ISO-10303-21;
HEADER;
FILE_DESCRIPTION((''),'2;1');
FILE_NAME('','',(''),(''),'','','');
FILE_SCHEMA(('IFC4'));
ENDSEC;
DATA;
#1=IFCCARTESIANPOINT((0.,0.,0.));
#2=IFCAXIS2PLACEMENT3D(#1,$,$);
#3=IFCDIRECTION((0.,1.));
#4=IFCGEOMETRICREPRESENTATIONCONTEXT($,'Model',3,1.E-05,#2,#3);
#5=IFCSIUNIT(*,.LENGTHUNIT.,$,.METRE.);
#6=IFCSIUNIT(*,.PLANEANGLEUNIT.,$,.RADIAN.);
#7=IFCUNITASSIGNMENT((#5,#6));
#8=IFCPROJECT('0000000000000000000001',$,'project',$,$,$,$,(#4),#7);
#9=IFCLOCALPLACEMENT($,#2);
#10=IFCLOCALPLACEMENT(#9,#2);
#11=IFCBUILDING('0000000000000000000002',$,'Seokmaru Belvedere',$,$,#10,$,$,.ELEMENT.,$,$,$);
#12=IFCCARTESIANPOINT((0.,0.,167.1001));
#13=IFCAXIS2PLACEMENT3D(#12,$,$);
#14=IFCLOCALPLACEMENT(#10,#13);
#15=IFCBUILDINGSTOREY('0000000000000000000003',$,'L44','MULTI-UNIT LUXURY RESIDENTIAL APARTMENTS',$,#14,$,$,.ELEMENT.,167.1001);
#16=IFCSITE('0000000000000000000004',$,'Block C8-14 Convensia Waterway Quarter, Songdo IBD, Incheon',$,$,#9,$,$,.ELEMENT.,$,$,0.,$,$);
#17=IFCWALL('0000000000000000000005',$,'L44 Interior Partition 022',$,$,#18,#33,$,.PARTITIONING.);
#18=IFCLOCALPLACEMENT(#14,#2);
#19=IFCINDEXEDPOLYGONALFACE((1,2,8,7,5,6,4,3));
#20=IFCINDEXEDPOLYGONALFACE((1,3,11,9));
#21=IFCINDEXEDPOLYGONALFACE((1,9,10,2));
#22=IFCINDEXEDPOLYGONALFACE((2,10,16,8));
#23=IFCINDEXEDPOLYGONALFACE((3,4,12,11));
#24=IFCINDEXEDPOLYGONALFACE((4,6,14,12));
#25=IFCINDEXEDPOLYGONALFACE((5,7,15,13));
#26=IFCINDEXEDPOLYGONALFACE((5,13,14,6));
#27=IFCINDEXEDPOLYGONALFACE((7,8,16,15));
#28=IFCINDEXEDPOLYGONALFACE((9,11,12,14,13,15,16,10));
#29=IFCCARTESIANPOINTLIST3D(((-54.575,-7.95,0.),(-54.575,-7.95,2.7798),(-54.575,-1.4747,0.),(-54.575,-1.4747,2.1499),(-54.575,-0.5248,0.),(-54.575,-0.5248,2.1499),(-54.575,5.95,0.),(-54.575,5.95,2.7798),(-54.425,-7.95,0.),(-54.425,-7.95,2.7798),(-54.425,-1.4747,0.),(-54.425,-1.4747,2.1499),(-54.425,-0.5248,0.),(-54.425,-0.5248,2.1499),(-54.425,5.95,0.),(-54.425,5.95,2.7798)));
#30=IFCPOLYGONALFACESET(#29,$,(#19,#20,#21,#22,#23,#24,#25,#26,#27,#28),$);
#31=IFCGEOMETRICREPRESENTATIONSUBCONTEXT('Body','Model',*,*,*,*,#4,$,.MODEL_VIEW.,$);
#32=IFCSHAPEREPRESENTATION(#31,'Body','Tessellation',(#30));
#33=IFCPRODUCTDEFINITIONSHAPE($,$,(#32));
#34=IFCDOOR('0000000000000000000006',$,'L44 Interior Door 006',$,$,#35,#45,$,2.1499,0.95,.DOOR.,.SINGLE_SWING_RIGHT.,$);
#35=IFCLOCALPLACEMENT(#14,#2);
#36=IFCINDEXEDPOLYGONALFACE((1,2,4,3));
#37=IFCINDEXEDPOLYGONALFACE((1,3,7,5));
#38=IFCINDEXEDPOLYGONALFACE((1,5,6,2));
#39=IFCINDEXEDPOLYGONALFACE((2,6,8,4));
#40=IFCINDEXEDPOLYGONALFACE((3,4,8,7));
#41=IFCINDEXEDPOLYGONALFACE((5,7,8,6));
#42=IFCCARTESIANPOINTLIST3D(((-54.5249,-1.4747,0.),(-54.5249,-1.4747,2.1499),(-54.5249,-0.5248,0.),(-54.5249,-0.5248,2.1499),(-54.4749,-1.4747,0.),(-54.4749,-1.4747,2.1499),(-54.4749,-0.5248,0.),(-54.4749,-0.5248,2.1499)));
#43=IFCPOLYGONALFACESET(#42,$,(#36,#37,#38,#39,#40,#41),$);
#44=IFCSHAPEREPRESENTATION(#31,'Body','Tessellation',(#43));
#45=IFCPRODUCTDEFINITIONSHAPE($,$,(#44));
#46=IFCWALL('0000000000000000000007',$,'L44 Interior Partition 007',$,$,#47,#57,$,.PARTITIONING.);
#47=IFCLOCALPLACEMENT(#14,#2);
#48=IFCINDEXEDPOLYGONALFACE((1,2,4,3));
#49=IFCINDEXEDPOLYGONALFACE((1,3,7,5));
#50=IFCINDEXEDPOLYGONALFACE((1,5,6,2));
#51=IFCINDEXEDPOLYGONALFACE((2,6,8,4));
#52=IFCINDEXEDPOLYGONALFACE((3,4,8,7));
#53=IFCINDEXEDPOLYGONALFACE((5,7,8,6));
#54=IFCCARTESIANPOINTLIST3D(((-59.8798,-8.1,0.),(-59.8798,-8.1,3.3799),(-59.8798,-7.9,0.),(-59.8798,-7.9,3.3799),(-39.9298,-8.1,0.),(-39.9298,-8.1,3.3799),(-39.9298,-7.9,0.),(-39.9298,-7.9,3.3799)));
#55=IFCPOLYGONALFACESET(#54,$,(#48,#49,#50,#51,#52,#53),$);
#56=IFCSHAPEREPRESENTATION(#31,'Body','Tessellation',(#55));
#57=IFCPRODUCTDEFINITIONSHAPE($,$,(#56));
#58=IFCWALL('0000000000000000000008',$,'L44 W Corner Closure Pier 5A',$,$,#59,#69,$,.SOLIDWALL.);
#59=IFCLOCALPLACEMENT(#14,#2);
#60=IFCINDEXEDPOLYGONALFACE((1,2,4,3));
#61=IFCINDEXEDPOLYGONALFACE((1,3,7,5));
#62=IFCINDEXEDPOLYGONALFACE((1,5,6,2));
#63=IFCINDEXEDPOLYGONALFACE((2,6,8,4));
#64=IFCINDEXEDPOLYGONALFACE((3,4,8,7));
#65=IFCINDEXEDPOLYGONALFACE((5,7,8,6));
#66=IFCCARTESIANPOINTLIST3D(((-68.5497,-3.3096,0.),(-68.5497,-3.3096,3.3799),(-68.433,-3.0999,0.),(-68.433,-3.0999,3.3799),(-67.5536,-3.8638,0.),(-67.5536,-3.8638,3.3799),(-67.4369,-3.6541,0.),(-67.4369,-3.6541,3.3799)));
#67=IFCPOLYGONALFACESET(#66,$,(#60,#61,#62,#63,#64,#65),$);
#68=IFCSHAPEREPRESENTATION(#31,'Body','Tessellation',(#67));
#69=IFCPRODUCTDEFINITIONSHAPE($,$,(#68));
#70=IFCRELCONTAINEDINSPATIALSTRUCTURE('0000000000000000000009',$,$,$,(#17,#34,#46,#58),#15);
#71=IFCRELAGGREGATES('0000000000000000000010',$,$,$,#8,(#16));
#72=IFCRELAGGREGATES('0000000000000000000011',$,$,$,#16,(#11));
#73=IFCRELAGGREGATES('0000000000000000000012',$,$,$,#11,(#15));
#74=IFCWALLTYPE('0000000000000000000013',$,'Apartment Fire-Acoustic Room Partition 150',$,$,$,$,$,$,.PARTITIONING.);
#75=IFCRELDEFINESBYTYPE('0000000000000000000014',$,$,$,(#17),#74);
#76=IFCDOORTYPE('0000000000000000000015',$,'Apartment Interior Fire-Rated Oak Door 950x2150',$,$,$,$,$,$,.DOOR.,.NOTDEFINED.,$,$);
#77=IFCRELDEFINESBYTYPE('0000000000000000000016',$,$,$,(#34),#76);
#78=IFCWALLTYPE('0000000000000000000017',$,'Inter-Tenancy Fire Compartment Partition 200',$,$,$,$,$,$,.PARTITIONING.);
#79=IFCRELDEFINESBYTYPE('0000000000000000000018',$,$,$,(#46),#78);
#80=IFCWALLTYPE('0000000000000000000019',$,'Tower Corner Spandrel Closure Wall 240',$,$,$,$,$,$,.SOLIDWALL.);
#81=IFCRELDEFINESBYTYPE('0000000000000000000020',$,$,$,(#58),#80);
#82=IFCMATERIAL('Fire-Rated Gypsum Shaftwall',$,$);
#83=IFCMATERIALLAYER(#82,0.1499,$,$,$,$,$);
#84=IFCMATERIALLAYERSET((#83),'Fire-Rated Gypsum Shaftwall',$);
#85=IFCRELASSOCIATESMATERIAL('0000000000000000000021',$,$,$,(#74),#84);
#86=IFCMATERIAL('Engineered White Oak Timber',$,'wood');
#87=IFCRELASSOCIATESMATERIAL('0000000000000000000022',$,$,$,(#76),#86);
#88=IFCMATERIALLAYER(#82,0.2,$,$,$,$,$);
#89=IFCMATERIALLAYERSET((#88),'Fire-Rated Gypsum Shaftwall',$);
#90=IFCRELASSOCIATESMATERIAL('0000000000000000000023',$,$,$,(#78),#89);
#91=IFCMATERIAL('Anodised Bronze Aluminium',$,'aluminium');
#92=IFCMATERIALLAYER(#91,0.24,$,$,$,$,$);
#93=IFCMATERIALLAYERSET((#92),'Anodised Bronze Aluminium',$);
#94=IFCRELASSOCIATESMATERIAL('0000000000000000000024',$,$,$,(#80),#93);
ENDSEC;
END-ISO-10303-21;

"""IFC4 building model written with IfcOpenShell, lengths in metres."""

from ifc_helpers import new_model, si_unit, direction, frame, frame_2d, origin, place, context, subcontext, project, spatial, rectangle, extrude, source, transform, mapped, material, layer, layer_set, type_object, type_shapes, element, fill, save


model = new_model("IFC4")

# Units and contexts
model_context = context("Model", 3, precision=1e-05, world=origin(), true_north=direction((0.0, 1.0)))
body_context = subcontext(model_context, "Body", "Model", "MODEL_VIEW")
ifc_project = project(units=[si_unit("LENGTHUNIT", "METRE"), si_unit("PLANEANGLEUNIT", "RADIAN")], contexts=[model_context])

# Site, building, storey
site_placement = place(None, origin())
site = spatial("IfcSite", under=ifc_project, at=site_placement, Name="Block C8-14 Convensia Waterway Quarter, Songdo IBD, Incheon", CompositionType="ELEMENT", RefElevation=0.0)
building_placement = place(site_placement, origin())
building = spatial("IfcBuilding", under=site, at=building_placement, Name="Seokmaru Belvedere", CompositionType="ELEMENT")
storey_placement = place(building_placement, frame((0.0, 0.0, 167.1001)))
storey = spatial("IfcBuildingStorey", under=building, at=storey_placement, Name="L44", Description="MULTI-UNIT LUXURY RESIDENTIAL APARTMENTS", CompositionType="ELEMENT", Elevation=167.1001)

# Shared definitions
ifc_material_1 = material(Name="Anodised Bronze Aluminium", Category="aluminium")

# Shared definitions
ifc_material_2 = material(Name="Fire-Rated Gypsum Shaftwall")
ifc_layer_1 = layer(ifc_material_2, 0.1499)
ifc_layer_set_1 = layer_set([ifc_layer_1], Name="Fire-Rated Gypsum Shaftwall")
wall_type_1 = type_object("IfcWallType", Name="Apartment Fire-Acoustic Room Partition 150", PredefinedType="PARTITIONING", material=ifc_layer_set_1)
ifc_material_3 = material(Name="Engineered White Oak Timber", Category="wood")
door_type = type_object("IfcDoorType", Name="Apartment Interior Fire-Rated Oak Door 950x2150", OperationType="NOTDEFINED", PredefinedType="DOOR", material=ifc_material_3)
shared_shape_1 = source(origin(), body_context, "Body", "SweptSolid", [
    extrude(rectangle(XDim=0.95, YDim=2.1499, at=frame_2d((0.4751, 1.075))), frame((0.0, 0.0249, 0.0), z_axis=(0.0, -1.0, 0.0), x_axis=(1.0, 0.0, 0.0)), (0.0, 0.0, 1.0), 0.05),
])
type_shapes(door_type, [shared_shape_1])

# Wall, opening, door
wall_1_placement = place(storey_placement, frame((-54.5, -7.95, 0.0), z_axis=(0.0, 0.0, 1.0), x_axis=(0.0, 1.0, 0.0)))
wall_1 = element("IfcWall", 1, at=wall_1_placement, inside=storey, type_object=wall_type_1, Name="L44 Interior Partition 022", PredefinedType="PARTITIONING", context=body_context, shape_type="SweptSolid", body=[
    extrude(rectangle(XDim=13.8999, YDim=0.1499, at=frame_2d((6.95, 0.0))), origin(), (0.0, 0.0, 1.0), 2.7798),
])
opening_1_placement = place(wall_1_placement, frame((6.4751, 0.0, 0.0)))
opening_1 = element("IfcOpeningElement", 2, at=opening_1_placement, cuts=wall_1, PredefinedType="OPENING", context=body_context, shape_type="SweptSolid", body=[
    extrude(rectangle(XDim=0.95, YDim=2.1499, at=frame_2d((0.4751, 1.075))), frame((0.0, 0.085, 0.0), z_axis=(0.0, -1.0, 0.0), x_axis=(1.0, 0.0, 0.0)), (0.0, 0.0, 1.0), 0.1699),
])
door_1_placement = place(opening_1_placement, origin())
door_1 = element("IfcDoor", 3, at=door_1_placement, inside=storey, type_object=door_type, Name="L44 Interior Door 006", OperationType="SINGLE_SWING_RIGHT", OverallHeight=2.1499, OverallWidth=0.95, PredefinedType="DOOR", context=body_context, shape_type="MappedRepresentation", body=[
    mapped(shared_shape_1, transform((0.0, 0.0, 0.0), scale=1.0)),
])
fill(opening_1, door_1)

# Walls
ifc_layer_2 = layer(ifc_material_2, 0.2)
ifc_layer_set_2 = layer_set([ifc_layer_2], Name="Fire-Rated Gypsum Shaftwall")
wall_type_2 = type_object("IfcWallType", Name="Inter-Tenancy Fire Compartment Partition 200", PredefinedType="PARTITIONING", material=ifc_layer_set_2)
wall_2_placement = place(storey_placement, frame((-59.8799, -8.0, 0.0), z_axis=(0.0, 0.0, 1.0), x_axis=(1.0, 0.0, 0.0)))
element("IfcWall", 4, at=wall_2_placement, inside=storey, type_object=wall_type_2, Name="L44 Interior Partition 007", PredefinedType="PARTITIONING", context=body_context, shape_type="SweptSolid", body=[
    extrude(rectangle(XDim=19.95, YDim=0.2, at=frame_2d((9.9751, 0.0))), origin(), (0.0, 0.0, 1.0), 3.3799),
])
ifc_layer_3 = layer(ifc_material_1, 0.24)
ifc_layer_set_3 = layer_set([ifc_layer_3], Name="Anodised Bronze Aluminium")
wall_type_3 = type_object("IfcWallType", Name="Tower Corner Spandrel Closure Wall 240", PredefinedType="SOLIDWALL", material=ifc_layer_set_3)
wall_3_placement = place(storey_placement, frame((-68.4912, -3.2048, 0.0), z_axis=(0.0, 0.0, 1.0), x_axis=(0.873854, -0.486188, 0.0)))
element("IfcWall", 5, at=wall_3_placement, inside=storey, type_object=wall_type_3, Name="L44 W Corner Closure Pier 5A", PredefinedType="SOLIDWALL", context=body_context, shape_type="SweptSolid", body=[
    extrude(rectangle(XDim=1.1399, YDim=0.24, at=frame_2d((0.5698, 0.0))), origin(), (0.0, 0.0, 1.0), 3.3799),
])

save(model, "model.ifc")
